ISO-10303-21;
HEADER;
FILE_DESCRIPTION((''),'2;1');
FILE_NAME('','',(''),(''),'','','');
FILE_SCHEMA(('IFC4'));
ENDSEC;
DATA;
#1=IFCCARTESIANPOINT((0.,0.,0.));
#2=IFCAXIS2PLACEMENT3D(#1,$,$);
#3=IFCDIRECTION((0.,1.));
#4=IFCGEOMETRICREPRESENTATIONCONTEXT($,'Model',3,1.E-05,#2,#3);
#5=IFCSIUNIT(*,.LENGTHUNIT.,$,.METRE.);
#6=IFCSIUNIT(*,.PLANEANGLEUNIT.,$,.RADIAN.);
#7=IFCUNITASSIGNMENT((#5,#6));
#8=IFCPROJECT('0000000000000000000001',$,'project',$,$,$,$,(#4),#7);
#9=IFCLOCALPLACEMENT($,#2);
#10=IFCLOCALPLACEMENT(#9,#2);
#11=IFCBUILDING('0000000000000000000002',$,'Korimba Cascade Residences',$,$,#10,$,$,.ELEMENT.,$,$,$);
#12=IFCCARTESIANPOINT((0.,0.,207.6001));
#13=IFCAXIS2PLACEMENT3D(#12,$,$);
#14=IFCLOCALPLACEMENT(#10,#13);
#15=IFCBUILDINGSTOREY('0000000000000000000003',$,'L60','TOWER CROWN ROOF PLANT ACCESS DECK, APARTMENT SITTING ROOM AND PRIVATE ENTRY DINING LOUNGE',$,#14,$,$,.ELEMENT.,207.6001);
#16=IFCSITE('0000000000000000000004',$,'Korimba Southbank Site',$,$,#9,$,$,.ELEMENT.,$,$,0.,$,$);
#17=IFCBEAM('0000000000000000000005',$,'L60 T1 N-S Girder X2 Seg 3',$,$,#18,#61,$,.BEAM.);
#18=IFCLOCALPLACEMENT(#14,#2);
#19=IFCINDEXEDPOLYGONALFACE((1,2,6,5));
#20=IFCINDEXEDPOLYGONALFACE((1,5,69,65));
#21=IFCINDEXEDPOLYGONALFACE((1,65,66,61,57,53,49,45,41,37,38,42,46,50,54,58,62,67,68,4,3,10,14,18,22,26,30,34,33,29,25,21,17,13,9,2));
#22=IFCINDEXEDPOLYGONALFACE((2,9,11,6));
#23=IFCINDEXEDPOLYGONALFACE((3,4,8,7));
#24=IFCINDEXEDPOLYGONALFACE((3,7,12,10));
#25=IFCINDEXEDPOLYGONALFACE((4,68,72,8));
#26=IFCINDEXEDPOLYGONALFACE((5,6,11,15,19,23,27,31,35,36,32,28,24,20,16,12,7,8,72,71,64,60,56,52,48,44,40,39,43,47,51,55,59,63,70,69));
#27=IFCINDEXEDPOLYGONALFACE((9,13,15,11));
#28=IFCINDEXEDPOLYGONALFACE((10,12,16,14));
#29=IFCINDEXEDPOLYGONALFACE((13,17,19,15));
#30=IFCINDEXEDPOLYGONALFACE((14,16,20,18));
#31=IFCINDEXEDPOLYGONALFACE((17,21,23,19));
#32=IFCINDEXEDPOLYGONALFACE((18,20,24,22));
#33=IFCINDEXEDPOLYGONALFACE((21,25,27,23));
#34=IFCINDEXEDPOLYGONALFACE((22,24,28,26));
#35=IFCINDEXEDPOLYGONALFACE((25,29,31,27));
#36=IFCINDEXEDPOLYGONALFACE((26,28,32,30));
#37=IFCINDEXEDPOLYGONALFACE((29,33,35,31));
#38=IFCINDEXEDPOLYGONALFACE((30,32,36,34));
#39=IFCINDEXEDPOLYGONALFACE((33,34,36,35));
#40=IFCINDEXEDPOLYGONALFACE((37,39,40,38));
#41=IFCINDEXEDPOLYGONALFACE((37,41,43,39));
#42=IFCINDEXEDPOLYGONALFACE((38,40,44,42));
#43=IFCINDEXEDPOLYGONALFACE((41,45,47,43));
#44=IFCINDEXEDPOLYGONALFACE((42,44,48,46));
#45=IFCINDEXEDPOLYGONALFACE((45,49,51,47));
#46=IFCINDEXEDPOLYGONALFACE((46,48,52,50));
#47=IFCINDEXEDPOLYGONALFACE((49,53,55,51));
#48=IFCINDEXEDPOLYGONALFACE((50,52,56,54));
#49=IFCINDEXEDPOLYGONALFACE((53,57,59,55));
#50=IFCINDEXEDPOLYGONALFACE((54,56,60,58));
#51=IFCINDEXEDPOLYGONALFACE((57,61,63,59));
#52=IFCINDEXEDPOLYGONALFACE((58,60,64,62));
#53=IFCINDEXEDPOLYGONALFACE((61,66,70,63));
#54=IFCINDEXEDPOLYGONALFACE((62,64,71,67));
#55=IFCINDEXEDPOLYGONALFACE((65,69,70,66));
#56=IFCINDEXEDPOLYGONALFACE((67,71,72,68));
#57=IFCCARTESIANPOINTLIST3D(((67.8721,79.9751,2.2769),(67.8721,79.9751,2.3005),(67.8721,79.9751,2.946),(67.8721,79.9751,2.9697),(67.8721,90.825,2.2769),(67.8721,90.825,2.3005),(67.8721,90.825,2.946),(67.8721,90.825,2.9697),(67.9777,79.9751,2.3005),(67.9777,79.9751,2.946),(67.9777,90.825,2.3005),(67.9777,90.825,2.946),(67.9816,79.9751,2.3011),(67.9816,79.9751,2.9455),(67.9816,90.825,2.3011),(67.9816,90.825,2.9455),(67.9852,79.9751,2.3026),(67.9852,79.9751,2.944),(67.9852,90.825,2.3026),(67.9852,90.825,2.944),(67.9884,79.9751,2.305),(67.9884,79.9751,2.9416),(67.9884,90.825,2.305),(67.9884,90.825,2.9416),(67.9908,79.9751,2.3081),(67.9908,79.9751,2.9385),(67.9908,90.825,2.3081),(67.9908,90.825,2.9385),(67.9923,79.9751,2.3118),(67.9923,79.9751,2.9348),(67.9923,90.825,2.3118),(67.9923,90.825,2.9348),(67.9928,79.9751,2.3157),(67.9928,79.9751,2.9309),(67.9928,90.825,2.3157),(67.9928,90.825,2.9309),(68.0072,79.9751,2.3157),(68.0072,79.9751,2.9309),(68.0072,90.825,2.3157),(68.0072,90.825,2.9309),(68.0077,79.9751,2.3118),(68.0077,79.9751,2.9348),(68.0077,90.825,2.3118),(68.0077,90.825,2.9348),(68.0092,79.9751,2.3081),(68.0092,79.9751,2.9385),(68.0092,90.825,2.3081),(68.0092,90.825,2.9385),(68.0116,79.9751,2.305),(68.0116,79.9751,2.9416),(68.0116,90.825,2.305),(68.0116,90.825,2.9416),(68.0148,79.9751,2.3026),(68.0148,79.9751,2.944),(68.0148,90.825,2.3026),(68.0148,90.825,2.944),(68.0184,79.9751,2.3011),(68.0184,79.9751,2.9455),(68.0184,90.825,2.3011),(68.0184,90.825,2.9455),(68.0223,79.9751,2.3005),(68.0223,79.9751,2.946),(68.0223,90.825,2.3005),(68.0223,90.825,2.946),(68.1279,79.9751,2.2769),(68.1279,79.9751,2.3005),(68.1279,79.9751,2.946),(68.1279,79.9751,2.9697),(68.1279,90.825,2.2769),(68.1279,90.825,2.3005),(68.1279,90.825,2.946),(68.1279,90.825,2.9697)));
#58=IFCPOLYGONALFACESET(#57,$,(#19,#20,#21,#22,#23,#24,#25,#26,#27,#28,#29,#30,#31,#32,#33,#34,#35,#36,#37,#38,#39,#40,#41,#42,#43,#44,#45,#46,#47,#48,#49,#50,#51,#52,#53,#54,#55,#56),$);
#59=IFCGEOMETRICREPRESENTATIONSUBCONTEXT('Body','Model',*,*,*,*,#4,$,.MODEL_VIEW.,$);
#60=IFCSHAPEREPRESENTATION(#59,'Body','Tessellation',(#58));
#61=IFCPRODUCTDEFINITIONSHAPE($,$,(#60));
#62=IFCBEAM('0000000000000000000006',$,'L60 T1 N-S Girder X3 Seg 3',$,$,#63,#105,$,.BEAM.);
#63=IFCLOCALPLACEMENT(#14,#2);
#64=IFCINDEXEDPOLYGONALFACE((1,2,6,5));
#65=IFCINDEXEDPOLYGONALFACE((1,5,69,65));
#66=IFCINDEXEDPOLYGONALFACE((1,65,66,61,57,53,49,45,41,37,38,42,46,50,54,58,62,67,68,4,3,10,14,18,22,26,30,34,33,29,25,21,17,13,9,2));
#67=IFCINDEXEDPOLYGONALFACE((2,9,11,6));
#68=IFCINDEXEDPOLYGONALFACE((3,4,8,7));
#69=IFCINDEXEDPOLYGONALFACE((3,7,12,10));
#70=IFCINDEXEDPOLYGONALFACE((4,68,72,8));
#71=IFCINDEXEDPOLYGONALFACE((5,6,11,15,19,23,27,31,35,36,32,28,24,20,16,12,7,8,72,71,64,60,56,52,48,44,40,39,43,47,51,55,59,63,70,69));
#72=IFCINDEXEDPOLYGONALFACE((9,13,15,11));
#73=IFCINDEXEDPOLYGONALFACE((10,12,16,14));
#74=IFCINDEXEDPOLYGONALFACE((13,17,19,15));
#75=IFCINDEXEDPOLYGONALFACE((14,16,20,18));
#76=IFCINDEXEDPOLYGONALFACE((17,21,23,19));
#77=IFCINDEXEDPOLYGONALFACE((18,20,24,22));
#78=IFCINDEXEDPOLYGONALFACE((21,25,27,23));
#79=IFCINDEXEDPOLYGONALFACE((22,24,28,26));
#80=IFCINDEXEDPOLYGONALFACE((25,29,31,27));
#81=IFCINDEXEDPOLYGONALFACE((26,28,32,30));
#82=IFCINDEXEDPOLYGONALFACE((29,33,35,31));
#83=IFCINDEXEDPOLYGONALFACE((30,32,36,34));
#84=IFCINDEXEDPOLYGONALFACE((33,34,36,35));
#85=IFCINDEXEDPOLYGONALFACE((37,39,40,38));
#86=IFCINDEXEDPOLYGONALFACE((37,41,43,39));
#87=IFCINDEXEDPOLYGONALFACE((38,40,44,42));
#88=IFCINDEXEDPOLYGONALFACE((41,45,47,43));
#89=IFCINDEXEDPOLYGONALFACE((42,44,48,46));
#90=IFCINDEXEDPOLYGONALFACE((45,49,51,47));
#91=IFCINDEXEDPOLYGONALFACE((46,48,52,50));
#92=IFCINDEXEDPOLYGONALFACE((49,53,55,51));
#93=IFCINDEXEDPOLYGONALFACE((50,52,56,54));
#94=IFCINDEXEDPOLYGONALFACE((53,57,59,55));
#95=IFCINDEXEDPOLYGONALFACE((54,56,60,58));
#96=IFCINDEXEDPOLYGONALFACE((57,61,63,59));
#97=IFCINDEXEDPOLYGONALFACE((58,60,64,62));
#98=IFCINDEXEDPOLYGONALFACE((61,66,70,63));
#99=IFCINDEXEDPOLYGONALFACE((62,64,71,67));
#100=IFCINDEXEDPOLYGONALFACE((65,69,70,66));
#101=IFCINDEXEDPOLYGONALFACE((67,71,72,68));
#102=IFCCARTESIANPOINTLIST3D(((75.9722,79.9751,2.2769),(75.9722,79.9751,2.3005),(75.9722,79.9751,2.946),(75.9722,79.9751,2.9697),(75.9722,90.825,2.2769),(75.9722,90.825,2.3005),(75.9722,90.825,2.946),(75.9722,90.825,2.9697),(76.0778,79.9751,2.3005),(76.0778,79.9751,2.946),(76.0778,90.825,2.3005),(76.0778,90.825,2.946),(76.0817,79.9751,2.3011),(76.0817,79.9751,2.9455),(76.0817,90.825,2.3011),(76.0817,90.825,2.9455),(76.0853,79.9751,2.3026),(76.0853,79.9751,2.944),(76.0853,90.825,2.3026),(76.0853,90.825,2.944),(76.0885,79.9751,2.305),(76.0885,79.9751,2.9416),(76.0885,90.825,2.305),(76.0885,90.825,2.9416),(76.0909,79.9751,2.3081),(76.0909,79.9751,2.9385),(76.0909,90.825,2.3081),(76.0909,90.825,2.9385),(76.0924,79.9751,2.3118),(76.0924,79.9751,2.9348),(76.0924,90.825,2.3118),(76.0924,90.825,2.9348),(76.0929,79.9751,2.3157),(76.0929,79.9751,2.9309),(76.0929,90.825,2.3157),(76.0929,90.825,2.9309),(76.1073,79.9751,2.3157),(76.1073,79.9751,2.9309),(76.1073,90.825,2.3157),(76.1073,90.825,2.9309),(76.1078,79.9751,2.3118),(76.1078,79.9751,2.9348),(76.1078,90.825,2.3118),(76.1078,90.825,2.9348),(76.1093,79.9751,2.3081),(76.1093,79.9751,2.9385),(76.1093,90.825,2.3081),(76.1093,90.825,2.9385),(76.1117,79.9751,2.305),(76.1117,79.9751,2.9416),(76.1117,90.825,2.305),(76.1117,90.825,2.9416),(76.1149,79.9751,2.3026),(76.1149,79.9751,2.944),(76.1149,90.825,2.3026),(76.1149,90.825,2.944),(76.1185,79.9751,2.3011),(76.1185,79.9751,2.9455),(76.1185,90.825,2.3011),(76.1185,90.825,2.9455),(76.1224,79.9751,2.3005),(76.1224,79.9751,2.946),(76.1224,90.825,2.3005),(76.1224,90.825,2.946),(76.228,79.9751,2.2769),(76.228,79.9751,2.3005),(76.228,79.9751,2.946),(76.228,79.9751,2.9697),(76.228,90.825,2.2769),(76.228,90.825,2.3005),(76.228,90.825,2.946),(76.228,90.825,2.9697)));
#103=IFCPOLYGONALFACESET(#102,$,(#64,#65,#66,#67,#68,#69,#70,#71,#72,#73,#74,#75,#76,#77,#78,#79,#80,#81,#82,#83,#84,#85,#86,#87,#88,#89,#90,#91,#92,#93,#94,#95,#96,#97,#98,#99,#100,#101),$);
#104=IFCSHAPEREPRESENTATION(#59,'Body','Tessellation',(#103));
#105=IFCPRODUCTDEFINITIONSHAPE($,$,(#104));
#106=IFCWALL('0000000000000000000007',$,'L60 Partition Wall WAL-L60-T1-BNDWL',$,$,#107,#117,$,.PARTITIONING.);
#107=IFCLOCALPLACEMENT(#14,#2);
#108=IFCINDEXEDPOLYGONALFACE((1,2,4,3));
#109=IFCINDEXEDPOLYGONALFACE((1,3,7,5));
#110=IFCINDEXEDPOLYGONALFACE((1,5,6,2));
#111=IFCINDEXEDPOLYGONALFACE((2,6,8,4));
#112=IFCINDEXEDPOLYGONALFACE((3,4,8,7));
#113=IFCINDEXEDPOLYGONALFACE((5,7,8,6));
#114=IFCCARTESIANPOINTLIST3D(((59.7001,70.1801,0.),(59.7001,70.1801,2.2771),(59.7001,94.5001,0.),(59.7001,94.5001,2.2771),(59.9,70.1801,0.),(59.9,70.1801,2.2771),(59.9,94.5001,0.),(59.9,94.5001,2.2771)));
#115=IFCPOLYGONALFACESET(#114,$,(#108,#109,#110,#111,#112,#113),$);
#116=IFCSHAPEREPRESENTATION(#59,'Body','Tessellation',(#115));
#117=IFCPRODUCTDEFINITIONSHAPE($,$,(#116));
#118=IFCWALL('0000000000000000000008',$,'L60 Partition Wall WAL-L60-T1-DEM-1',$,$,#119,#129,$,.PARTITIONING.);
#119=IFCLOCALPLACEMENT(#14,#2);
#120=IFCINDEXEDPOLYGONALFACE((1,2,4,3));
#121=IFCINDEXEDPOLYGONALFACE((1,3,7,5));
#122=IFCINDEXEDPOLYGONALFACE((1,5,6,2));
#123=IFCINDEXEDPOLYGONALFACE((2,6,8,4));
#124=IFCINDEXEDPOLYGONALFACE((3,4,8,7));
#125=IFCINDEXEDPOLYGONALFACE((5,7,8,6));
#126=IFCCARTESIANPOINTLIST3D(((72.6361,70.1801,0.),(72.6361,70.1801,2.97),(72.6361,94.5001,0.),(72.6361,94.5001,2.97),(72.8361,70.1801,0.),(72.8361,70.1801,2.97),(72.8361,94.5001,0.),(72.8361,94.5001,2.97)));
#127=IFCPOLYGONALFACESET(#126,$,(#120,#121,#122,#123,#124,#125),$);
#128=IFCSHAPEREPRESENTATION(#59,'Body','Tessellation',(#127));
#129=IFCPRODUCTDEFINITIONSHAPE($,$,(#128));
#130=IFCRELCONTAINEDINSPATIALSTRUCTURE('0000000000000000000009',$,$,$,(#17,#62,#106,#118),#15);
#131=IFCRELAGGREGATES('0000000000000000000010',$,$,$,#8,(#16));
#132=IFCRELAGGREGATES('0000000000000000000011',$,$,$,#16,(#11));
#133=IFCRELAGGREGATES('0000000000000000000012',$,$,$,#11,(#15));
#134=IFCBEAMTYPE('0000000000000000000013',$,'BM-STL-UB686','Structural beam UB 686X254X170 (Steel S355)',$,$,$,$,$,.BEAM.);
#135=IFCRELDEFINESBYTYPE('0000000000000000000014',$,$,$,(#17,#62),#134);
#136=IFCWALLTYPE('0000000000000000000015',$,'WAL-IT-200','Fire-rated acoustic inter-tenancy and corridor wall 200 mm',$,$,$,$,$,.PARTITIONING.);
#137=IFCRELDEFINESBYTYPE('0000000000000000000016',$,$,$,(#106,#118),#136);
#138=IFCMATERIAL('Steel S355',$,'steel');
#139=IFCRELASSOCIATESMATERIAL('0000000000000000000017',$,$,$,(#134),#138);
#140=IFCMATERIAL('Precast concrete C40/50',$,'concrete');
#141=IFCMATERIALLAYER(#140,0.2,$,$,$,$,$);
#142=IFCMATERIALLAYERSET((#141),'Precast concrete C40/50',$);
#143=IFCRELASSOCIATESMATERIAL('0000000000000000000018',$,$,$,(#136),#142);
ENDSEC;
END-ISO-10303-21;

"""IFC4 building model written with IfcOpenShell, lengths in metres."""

from ifc_helpers import new_model, si_unit, direction, frame, frame_2d, origin, origin_2d, place, context, subcontext, project, spatial, rectangle, i_section, extrude, material, layer, layer_set, material_profile, profile_set, type_object, element, save


model = new_model("IFC4")

# Units and contexts
model_context = context("Model", 3, precision=1e-05, world=origin(), true_north=direction((0.0, 1.0)))
body_context = subcontext(model_context, "Body", "Model", "MODEL_VIEW")
ifc_project = project(units=[si_unit("LENGTHUNIT", "METRE"), si_unit("PLANEANGLEUNIT", "RADIAN")], contexts=[model_context])

# Site, building, storey
site_placement = place(None, origin())
site = spatial("IfcSite", under=ifc_project, at=site_placement, Name="Korimba Southbank Site", CompositionType="ELEMENT", RefElevation=0.0)
building_placement = place(site_placement, origin())
building = spatial("IfcBuilding", under=site, at=building_placement, Name="Korimba Cascade Residences", CompositionType="ELEMENT")
storey_placement = place(building_placement, frame((0.0, 0.0, 207.6001)))
storey = spatial("IfcBuildingStorey", under=building, at=storey_placement, Name="L60", Description="TOWER CROWN ROOF PLANT ACCESS DECK, APARTMENT SITTING ROOM AND PRIVATE ENTRY DINING LOUNGE", CompositionType="ELEMENT", Elevation=207.6001)

# Beams
ifc_material_1 = material(Name="Steel S355", Category="steel")
ifc_material_profile_1 = material_profile(ifc_material_1, i_section(OverallWidth=0.2559, OverallDepth=0.6929, WebThickness=0.0144, FlangeThickness=0.0237, FilletRadius=0.0151, at=origin_2d()), Name="Steel S355")
ifc_profile_set_1 = profile_set([ifc_material_profile_1], Name="Steel S355")
beam_type_1 = type_object("IfcBeamType", Name="BM-STL-UB686", Description="Structural beam UB 686X254X170 (Steel S355)", PredefinedType="BEAM", material=ifc_profile_set_1)
for number, where, z_axis, x_axis, name in (
    (1, (68.0, 79.9751, 2.6233), (0.0, 1.0, 0.0), (-1.0, 0.0, 0.0), "L60 T1 N-S Girder X2 Seg 3"),
    (2, (76.1001, 79.9751, 2.6233), (0.0, 1.0, 0.0), (-1.0, 0.0, 0.0), "L60 T1 N-S Girder X3 Seg 3"),
):
    element("IfcBeam", number, at=place(storey_placement, frame(where, z_axis=z_axis, x_axis=x_axis)), inside=storey, type_object=beam_type_1, Name=name, PredefinedType="BEAM", context=body_context, shape_type="SweptSolid", body=[
        extrude(i_section(OverallWidth=0.2559, OverallDepth=0.6929, WebThickness=0.0144, FlangeThickness=0.0237, FilletRadius=0.0151, at=origin_2d()), origin(), (0.0, 0.0, 1.0), 10.8499),
    ])

# Walls
ifc_material_2 = material(Name="Precast concrete C40/50", Category="concrete")
ifc_layer_1 = layer(ifc_material_2, 0.2)
ifc_layer_set_1 = layer_set([ifc_layer_1], Name="Precast concrete C40/50")
wall_type_1 = type_object("IfcWallType", Name="WAL-IT-200", Description="Fire-rated acoustic inter-tenancy and corridor wall 200 mm", PredefinedType="PARTITIONING", material=ifc_layer_set_1)
wall_1_placement = place(storey_placement, frame((59.8, 70.1799, 0.0), z_axis=(0.0, 0.0, 1.0), x_axis=(0.0, 1.0, 0.0)))
element("IfcWall", 3, at=wall_1_placement, inside=storey, type_object=wall_type_1, Name="L60 Partition Wall WAL-L60-T1-BNDWL", PredefinedType="PARTITIONING", context=body_context, shape_type="SweptSolid", body=[
    extrude(rectangle(XDim=24.3201, YDim=0.2, at=frame_2d((12.1602, 0.0))), origin(), (0.0, 0.0, 1.0), 2.2771),
])
wall_2_placement = place(storey_placement, frame((72.7361, 70.1799, 0.0), z_axis=(0.0, 0.0, 1.0), x_axis=(0.0, 1.0, 0.0)))
element("IfcWall", 4, at=wall_2_placement, inside=storey, type_object=wall_type_1, Name="L60 Partition Wall WAL-L60-T1-DEM-1", PredefinedType="PARTITIONING", context=body_context, shape_type="SweptSolid", body=[
    extrude(rectangle(XDim=24.3201, YDim=0.2, at=frame_2d((12.1602, 0.0))), origin(), (0.0, 0.0, 1.0), 2.97),
])

save(model, "model.ifc")
